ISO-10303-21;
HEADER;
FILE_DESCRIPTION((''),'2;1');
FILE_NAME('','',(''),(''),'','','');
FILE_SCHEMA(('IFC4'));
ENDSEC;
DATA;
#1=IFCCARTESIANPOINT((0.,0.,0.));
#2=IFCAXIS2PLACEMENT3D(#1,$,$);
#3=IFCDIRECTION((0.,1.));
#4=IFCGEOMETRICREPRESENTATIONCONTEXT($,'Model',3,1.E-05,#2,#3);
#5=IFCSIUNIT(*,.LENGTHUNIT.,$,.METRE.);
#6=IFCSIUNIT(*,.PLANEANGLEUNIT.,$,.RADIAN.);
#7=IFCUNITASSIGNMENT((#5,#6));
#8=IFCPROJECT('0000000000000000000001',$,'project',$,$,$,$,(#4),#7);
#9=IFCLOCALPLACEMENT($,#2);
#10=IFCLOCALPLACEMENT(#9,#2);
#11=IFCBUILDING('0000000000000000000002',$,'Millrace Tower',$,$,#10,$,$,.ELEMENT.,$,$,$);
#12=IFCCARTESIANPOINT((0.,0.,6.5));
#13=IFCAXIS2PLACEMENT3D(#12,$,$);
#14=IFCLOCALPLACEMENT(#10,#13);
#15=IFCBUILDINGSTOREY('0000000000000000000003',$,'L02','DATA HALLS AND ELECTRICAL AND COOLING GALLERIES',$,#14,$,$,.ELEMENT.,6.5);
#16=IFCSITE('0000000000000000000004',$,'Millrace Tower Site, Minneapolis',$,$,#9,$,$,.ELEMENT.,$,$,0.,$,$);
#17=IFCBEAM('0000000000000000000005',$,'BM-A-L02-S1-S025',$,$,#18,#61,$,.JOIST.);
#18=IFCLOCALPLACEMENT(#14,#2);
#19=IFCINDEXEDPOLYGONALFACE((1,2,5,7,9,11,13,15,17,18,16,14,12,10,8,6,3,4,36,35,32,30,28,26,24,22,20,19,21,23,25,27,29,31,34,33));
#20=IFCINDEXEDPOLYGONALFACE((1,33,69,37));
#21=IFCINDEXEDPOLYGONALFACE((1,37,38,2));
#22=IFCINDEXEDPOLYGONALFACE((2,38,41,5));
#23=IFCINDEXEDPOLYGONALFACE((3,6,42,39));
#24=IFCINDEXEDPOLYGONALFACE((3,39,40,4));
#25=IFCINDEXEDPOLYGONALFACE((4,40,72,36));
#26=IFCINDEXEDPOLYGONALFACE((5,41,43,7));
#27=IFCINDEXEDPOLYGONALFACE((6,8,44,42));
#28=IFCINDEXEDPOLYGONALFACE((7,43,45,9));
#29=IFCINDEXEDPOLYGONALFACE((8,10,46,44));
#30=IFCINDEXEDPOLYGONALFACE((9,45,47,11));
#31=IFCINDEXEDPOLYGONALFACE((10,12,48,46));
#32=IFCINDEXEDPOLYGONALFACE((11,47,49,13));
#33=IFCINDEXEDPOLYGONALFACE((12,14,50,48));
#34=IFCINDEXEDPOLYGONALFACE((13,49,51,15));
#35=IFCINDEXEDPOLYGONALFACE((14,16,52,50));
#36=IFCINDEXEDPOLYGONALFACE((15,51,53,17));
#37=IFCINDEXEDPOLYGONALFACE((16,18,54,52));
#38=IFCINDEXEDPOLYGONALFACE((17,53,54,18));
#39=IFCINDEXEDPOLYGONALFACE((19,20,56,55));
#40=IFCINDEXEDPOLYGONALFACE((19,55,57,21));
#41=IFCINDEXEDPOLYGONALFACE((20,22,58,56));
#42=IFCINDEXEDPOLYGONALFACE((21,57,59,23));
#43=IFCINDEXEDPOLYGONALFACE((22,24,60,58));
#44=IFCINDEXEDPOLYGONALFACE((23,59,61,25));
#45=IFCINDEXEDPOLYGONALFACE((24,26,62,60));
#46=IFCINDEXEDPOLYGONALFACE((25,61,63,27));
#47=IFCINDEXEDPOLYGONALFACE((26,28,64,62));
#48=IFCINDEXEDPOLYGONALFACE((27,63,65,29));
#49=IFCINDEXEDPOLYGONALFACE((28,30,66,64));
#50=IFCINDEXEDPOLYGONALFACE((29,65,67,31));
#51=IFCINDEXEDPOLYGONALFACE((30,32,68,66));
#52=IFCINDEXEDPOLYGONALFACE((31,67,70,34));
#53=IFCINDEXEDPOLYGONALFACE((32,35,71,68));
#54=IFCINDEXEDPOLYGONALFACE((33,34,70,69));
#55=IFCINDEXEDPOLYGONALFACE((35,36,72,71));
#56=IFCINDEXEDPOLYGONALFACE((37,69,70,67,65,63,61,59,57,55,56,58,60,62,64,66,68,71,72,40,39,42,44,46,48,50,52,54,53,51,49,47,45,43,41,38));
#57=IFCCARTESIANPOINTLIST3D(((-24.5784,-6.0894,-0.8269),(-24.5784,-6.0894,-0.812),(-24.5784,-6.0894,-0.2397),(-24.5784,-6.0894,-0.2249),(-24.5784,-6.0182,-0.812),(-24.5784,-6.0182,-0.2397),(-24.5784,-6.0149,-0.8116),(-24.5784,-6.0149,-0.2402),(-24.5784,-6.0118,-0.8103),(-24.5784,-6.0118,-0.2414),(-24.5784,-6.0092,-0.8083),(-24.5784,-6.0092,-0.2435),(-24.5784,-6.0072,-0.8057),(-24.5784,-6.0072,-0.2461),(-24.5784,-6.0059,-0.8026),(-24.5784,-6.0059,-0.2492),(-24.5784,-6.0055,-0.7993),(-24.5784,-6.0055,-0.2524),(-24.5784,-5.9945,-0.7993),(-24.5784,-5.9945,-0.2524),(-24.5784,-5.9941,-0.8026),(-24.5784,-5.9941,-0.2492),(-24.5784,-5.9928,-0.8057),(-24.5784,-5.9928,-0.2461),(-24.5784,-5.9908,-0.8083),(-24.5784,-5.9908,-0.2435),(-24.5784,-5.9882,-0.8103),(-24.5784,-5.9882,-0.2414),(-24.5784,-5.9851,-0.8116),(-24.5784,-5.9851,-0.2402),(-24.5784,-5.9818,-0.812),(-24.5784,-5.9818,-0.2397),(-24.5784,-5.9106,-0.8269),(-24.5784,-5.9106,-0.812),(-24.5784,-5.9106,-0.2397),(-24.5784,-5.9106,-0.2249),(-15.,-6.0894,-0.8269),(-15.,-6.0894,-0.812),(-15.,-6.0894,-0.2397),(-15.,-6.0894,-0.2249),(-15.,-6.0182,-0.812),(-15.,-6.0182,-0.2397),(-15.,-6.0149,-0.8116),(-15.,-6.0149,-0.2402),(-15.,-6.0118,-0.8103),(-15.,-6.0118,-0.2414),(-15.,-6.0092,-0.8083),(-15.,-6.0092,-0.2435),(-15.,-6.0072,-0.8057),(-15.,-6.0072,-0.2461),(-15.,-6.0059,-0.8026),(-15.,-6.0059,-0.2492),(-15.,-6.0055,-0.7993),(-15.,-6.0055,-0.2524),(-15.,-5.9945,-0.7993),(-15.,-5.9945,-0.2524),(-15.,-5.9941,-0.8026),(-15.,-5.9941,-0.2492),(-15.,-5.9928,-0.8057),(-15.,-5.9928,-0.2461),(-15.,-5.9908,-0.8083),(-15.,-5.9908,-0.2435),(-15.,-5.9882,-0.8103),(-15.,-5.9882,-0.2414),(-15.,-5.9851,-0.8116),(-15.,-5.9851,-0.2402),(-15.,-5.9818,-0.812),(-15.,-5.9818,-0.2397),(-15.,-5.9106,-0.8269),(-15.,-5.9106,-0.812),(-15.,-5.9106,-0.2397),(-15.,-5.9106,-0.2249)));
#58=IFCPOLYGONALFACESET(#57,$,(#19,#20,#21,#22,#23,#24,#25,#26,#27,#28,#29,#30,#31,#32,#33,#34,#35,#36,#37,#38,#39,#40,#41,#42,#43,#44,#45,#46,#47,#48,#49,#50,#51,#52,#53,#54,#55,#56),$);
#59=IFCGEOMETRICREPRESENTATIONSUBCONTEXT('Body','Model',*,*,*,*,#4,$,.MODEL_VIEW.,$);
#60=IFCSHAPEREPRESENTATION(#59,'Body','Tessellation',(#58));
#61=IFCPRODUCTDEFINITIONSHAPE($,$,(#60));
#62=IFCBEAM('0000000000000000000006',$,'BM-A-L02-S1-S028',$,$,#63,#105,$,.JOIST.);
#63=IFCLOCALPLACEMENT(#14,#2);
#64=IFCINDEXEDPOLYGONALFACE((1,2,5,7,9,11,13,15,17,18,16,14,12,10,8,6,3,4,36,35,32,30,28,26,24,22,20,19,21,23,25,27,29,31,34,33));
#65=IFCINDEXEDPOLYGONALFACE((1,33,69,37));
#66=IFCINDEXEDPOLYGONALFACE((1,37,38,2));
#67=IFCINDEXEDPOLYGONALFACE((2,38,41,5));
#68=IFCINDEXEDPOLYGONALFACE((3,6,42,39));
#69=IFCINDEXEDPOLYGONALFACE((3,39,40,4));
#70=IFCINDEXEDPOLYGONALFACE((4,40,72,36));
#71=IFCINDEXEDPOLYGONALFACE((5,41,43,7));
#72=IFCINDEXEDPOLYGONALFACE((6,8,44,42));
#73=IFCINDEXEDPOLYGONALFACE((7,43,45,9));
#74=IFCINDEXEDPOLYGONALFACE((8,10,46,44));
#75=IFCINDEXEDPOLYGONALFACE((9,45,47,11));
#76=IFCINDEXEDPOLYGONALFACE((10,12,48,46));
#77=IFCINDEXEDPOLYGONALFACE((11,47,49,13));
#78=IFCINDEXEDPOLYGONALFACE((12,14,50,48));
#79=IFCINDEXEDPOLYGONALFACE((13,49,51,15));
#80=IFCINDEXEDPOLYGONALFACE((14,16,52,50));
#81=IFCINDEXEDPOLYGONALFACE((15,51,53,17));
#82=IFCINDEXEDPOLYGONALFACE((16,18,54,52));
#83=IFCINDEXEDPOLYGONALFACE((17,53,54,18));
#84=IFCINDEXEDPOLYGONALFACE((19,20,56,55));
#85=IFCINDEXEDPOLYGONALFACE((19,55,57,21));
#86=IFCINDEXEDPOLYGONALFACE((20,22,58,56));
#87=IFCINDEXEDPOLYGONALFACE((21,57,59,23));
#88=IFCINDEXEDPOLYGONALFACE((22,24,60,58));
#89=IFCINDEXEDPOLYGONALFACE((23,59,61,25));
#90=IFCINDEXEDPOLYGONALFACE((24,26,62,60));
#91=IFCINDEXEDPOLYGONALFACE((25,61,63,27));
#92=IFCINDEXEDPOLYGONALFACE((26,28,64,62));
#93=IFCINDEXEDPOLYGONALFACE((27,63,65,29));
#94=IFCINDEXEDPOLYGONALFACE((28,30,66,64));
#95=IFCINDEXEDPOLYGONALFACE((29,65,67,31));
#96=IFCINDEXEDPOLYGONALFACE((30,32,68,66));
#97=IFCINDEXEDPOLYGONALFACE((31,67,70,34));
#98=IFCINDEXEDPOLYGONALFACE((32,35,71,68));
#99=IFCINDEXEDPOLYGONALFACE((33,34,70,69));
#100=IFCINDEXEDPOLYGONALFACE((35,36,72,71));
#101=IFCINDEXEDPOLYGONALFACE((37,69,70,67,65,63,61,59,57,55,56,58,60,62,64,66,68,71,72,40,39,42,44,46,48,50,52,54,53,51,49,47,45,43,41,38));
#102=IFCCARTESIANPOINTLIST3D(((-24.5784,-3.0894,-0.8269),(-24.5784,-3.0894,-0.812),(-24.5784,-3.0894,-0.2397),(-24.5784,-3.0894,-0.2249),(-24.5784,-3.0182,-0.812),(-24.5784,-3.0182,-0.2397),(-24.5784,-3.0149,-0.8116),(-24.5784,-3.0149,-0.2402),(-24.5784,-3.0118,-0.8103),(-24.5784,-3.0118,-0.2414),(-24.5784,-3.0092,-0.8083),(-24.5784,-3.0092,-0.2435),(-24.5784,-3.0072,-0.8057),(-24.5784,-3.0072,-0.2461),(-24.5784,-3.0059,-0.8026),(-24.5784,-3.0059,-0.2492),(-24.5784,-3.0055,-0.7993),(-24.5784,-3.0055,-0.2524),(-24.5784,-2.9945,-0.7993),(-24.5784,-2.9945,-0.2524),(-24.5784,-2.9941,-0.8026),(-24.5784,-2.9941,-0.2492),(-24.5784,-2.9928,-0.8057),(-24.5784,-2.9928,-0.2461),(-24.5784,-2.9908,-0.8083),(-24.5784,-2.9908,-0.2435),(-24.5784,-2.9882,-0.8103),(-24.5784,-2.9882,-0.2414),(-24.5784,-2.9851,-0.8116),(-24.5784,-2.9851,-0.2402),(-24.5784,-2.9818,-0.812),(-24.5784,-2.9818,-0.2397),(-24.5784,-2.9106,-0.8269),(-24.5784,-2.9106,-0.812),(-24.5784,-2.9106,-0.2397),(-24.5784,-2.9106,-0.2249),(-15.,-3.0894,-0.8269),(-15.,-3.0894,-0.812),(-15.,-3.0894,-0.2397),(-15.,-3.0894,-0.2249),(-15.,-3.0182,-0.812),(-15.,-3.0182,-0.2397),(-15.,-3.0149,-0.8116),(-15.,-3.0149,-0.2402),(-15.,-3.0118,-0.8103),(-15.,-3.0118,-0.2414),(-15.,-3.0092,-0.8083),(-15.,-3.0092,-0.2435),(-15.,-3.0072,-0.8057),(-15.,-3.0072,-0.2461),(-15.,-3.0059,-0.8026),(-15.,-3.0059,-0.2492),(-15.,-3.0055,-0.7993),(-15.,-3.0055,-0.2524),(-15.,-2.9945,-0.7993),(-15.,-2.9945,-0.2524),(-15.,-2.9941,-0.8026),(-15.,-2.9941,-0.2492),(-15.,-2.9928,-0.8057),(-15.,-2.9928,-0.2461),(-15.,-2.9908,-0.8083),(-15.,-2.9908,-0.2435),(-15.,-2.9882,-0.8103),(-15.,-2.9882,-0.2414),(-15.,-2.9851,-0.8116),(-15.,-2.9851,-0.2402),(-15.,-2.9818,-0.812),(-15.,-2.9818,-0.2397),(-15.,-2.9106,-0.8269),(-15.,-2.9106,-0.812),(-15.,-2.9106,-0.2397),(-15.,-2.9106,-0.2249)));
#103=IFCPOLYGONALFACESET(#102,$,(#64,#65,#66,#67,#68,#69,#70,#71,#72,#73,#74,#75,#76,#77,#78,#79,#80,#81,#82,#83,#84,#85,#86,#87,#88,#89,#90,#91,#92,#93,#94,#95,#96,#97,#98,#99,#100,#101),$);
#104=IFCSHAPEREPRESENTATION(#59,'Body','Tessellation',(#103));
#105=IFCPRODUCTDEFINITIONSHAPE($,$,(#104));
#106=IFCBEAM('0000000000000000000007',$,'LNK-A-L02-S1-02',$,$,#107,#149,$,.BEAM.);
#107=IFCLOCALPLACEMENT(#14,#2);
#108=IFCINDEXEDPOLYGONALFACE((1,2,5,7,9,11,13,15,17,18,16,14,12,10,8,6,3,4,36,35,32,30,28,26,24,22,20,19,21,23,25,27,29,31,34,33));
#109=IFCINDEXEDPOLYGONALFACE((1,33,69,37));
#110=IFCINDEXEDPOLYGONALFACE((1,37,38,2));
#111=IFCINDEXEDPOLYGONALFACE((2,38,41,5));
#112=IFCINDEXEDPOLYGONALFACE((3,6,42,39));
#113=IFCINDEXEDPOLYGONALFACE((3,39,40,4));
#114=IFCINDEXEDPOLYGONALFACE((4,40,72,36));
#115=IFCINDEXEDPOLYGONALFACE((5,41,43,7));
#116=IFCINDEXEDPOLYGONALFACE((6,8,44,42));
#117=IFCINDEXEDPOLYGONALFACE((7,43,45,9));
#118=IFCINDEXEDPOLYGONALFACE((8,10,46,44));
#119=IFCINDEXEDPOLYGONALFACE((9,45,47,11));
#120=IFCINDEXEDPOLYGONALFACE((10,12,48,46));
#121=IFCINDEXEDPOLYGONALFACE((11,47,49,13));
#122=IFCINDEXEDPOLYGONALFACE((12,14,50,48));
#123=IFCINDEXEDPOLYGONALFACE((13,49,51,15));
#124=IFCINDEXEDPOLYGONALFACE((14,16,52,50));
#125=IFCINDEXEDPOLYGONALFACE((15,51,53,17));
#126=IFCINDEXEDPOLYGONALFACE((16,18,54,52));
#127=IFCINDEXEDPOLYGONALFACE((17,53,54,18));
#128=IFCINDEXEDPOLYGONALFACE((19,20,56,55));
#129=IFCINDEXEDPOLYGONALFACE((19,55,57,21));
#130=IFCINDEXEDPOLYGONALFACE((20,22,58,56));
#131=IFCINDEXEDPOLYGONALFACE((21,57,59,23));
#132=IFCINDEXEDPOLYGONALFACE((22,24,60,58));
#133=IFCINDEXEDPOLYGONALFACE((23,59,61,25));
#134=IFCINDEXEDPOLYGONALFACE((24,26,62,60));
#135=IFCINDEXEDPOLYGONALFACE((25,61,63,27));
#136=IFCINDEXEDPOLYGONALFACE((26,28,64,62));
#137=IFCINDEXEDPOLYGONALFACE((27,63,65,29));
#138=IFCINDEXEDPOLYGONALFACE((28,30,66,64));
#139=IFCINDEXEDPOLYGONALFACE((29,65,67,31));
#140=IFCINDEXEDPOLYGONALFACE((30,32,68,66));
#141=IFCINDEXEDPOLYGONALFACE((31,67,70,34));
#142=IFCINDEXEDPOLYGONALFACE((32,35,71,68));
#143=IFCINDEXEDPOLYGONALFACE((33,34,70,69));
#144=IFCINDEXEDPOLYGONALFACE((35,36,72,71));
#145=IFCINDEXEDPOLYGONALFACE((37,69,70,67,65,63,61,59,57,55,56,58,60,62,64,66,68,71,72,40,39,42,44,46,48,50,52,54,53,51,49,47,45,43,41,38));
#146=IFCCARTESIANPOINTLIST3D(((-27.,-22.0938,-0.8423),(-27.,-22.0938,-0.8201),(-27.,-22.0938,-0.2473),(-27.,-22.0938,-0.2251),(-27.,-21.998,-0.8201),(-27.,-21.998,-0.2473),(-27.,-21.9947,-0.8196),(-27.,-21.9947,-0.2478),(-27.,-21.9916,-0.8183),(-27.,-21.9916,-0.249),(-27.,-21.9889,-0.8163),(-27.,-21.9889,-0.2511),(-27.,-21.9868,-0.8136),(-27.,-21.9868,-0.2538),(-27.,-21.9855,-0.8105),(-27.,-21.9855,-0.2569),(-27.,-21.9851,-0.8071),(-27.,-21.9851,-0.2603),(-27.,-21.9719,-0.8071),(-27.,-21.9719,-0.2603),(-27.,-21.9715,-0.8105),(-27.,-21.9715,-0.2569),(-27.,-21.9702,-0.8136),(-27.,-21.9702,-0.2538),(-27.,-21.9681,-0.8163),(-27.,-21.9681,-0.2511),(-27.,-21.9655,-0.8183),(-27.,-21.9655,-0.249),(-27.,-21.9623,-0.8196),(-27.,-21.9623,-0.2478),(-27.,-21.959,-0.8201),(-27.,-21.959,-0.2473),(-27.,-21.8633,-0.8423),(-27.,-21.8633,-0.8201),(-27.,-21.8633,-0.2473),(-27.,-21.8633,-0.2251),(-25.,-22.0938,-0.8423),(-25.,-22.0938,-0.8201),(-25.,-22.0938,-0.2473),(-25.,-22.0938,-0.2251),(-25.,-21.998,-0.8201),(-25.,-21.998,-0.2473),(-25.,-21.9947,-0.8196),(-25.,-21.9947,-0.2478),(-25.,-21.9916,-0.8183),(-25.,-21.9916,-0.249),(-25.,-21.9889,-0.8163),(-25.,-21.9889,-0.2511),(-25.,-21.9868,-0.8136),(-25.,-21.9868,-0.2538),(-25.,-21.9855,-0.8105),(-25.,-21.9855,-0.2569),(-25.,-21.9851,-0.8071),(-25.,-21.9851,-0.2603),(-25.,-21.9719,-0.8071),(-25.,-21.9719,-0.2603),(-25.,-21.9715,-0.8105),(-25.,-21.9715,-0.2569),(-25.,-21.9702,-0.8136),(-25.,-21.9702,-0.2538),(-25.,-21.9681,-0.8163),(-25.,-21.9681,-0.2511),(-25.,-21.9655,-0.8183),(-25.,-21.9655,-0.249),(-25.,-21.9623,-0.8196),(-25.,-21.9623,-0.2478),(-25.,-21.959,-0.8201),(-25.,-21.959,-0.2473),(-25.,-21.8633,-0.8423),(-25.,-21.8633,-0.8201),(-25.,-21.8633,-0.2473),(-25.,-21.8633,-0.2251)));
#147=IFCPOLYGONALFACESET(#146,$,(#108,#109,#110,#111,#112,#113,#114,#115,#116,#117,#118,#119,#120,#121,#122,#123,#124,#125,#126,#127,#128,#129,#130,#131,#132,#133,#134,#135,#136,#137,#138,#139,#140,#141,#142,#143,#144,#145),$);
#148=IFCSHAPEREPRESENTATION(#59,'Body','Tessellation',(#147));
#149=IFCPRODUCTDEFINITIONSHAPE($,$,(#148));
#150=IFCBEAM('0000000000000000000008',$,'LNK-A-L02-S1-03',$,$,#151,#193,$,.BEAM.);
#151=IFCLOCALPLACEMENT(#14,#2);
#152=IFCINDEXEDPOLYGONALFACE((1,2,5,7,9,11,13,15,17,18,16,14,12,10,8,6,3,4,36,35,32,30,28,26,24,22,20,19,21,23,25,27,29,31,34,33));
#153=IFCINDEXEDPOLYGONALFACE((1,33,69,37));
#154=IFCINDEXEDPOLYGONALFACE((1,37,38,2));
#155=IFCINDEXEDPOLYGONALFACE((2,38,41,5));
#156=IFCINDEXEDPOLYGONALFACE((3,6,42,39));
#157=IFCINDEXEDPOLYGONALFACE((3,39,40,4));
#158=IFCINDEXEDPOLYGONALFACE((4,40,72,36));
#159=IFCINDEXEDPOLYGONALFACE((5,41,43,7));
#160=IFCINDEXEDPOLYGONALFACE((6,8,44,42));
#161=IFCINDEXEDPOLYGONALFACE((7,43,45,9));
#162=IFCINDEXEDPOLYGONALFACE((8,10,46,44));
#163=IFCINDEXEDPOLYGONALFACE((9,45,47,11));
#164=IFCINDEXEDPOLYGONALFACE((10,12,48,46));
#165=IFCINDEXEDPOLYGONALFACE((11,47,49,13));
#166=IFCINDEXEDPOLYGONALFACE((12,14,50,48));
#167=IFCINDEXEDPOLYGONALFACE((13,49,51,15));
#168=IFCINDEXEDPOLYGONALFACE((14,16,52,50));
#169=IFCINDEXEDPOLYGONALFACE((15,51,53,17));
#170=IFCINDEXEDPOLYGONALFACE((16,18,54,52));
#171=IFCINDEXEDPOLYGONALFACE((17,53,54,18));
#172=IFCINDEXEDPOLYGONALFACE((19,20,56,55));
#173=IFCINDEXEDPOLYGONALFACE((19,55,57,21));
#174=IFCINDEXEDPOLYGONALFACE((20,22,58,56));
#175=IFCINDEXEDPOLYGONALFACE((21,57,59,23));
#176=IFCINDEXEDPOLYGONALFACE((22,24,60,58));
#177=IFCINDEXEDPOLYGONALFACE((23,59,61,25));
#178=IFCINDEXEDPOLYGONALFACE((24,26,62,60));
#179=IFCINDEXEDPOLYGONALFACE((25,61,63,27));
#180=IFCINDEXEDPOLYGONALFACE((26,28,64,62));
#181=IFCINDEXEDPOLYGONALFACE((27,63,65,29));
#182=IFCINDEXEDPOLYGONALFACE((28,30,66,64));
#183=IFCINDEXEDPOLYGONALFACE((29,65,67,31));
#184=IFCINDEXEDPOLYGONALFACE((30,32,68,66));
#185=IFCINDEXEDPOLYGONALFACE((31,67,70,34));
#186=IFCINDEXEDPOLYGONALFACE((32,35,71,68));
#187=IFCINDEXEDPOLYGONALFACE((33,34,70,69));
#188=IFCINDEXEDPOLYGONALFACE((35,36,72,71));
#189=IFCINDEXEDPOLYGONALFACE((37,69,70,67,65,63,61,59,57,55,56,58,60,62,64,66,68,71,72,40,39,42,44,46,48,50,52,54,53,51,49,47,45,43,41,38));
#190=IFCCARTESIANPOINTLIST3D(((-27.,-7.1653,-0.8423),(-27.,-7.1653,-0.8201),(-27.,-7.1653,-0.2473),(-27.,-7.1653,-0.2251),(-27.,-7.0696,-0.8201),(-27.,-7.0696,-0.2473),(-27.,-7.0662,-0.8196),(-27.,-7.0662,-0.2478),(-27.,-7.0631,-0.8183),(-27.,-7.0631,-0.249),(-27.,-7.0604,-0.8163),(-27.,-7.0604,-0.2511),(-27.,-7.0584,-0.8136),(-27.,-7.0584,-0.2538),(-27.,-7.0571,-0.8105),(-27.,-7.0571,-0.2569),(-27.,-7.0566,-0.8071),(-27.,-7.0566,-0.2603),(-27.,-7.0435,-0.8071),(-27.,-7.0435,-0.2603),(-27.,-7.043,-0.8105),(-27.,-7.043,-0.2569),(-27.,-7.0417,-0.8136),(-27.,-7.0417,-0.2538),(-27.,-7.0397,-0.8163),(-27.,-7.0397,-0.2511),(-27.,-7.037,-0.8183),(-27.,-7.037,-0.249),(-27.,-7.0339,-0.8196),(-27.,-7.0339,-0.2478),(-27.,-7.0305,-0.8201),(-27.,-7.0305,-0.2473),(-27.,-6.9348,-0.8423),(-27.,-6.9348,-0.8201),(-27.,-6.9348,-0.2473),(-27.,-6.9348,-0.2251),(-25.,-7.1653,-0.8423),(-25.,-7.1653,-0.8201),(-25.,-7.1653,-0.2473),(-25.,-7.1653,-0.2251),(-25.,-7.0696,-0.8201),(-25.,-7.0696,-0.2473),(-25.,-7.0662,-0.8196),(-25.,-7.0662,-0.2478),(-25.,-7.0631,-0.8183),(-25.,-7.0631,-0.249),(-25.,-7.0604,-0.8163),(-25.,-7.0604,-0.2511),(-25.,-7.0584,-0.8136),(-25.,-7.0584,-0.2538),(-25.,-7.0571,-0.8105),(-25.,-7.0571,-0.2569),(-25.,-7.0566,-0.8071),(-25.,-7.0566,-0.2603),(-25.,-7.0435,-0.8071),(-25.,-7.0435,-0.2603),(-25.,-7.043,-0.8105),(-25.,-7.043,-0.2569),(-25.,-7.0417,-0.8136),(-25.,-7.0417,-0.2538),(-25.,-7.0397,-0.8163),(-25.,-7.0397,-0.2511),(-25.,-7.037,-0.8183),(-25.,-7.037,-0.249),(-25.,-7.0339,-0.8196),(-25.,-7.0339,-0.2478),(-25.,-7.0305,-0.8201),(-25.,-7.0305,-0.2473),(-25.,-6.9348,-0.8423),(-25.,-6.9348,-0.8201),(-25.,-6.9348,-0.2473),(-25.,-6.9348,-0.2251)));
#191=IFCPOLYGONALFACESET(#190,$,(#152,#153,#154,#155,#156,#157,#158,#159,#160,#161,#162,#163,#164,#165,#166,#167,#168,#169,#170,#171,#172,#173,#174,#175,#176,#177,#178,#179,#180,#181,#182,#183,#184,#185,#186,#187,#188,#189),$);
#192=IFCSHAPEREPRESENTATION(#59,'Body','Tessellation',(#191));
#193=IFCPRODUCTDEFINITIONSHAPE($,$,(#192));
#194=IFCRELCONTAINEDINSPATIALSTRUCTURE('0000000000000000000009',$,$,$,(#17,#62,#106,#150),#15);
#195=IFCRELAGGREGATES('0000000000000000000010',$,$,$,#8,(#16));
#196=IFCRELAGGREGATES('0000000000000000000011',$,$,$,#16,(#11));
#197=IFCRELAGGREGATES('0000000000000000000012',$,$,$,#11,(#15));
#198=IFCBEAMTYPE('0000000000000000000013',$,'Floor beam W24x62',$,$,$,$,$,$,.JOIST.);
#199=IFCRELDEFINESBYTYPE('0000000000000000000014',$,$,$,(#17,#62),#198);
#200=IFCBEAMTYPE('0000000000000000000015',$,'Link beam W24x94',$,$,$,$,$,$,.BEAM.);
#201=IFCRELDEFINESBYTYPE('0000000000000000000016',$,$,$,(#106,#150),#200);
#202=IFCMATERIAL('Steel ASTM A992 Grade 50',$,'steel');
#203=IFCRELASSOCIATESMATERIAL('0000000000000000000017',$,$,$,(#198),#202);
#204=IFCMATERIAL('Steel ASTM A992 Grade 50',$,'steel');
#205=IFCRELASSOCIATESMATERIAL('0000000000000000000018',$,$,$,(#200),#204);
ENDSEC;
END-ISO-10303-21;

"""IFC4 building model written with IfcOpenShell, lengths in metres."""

from ifc_helpers import new_model, si_unit, direction, frame, origin, origin_2d, place, context, subcontext, project, spatial, i_section, extrude, material, material_profile, profile_set, type_object, element, save


model = new_model("IFC4")

# Units and contexts
model_context = context("Model", 3, precision=1e-05, world=origin(), true_north=direction((0.0, 1.0)))
body_context = subcontext(model_context, "Body", "Model", "MODEL_VIEW")
ifc_project = project(units=[si_unit("LENGTHUNIT", "METRE"), si_unit("PLANEANGLEUNIT", "RADIAN")], contexts=[model_context])

# Site, building, storey
site_placement = place(None, origin())
site = spatial("IfcSite", under=ifc_project, at=site_placement, Name="Millrace Tower Site, Minneapolis", CompositionType="ELEMENT", RefElevation=0.0)
building_placement = place(site_placement, origin())
building = spatial("IfcBuilding", under=site, at=building_placement, Name="Millrace Tower", CompositionType="ELEMENT")
storey_placement = place(building_placement, frame((0.0, 0.0, 6.5)))
storey = spatial("IfcBuildingStorey", under=building, at=storey_placement, Name="L02", Description="DATA HALLS AND ELECTRICAL AND COOLING GALLERIES", CompositionType="ELEMENT", Elevation=6.5)

# Beams
ifc_material_1 = material(Name="Steel ASTM A992 Grade 50", Category="steel")
ifc_material_profile_1 = material_profile(ifc_material_1, i_section(OverallWidth=0.1787, OverallDepth=0.6021, WebThickness=0.011, FlangeThickness=0.0149, FilletRadius=0.0127, at=origin_2d()))
ifc_profile_set_1 = profile_set([ifc_material_profile_1], Name="Steel ASTM A992 Grade 50")
beam_type_1 = type_object("IfcBeamType", Name="Floor beam W24x62", PredefinedType="JOIST", material=ifc_profile_set_1)
for number, where, z_axis, x_axis, name in (
    (1, (-24.5784, -6.0, -0.5259), (1.0, 0.0, 0.0), (0.0, 1.0, 0.0), "BM-A-L02-S1-S025"),
    (2, (-24.5784, -3.0, -0.5259), (1.0, 0.0, 0.0), (0.0, 1.0, 0.0), "BM-A-L02-S1-S028"),
):
    element("IfcBeam", number, at=place(storey_placement, frame(where, z_axis=z_axis, x_axis=x_axis)), inside=storey, type_object=beam_type_1, Name=name, PredefinedType="JOIST", context=body_context, shape_type="SweptSolid", body=[
        extrude(i_section(OverallWidth=0.1787, OverallDepth=0.6021, WebThickness=0.011, FlangeThickness=0.0149, FilletRadius=0.0127, at=origin_2d()), origin(), (0.0, 0.0, 1.0), 9.5784),
    ])
ifc_material_2 = material(Name="Steel ASTM A992 Grade 50", Category="steel")
ifc_material_profile_2 = material_profile(ifc_material_2, i_section(OverallWidth=0.2305, OverallDepth=0.6172, WebThickness=0.0132, FlangeThickness=0.0222, FilletRadius=0.0129, at=origin_2d()))
ifc_profile_set_2 = profile_set([ifc_material_profile_2], Name="Steel ASTM A992 Grade 50")
beam_type_2 = type_object("IfcBeamType", Name="Link beam W24x94", PredefinedType="BEAM", material=ifc_profile_set_2)
for number, where, z_axis, x_axis, name in (
    (3, (-25.0, -21.9785, -0.5337), (-1.0, 0.0, 0.0), (0.0, -1.0, 0.0), "LNK-A-L02-S1-02"),
    (4, (-25.0, -7.05, -0.5337), (-1.0, 0.0, 0.0), (0.0, -1.0, 0.0), "LNK-A-L02-S1-03"),
):
    element("IfcBeam", number, at=place(storey_placement, frame(where, z_axis=z_axis, x_axis=x_axis)), inside=storey, type_object=beam_type_2, Name=name, PredefinedType="BEAM", context=body_context, shape_type="SweptSolid", body=[
        extrude(i_section(OverallWidth=0.2305, OverallDepth=0.6172, WebThickness=0.0132, FlangeThickness=0.0222, FilletRadius=0.0129, at=origin_2d()), origin(), (0.0, 0.0, 1.0), 2.0),
    ])

save(model, "model.ifc")
